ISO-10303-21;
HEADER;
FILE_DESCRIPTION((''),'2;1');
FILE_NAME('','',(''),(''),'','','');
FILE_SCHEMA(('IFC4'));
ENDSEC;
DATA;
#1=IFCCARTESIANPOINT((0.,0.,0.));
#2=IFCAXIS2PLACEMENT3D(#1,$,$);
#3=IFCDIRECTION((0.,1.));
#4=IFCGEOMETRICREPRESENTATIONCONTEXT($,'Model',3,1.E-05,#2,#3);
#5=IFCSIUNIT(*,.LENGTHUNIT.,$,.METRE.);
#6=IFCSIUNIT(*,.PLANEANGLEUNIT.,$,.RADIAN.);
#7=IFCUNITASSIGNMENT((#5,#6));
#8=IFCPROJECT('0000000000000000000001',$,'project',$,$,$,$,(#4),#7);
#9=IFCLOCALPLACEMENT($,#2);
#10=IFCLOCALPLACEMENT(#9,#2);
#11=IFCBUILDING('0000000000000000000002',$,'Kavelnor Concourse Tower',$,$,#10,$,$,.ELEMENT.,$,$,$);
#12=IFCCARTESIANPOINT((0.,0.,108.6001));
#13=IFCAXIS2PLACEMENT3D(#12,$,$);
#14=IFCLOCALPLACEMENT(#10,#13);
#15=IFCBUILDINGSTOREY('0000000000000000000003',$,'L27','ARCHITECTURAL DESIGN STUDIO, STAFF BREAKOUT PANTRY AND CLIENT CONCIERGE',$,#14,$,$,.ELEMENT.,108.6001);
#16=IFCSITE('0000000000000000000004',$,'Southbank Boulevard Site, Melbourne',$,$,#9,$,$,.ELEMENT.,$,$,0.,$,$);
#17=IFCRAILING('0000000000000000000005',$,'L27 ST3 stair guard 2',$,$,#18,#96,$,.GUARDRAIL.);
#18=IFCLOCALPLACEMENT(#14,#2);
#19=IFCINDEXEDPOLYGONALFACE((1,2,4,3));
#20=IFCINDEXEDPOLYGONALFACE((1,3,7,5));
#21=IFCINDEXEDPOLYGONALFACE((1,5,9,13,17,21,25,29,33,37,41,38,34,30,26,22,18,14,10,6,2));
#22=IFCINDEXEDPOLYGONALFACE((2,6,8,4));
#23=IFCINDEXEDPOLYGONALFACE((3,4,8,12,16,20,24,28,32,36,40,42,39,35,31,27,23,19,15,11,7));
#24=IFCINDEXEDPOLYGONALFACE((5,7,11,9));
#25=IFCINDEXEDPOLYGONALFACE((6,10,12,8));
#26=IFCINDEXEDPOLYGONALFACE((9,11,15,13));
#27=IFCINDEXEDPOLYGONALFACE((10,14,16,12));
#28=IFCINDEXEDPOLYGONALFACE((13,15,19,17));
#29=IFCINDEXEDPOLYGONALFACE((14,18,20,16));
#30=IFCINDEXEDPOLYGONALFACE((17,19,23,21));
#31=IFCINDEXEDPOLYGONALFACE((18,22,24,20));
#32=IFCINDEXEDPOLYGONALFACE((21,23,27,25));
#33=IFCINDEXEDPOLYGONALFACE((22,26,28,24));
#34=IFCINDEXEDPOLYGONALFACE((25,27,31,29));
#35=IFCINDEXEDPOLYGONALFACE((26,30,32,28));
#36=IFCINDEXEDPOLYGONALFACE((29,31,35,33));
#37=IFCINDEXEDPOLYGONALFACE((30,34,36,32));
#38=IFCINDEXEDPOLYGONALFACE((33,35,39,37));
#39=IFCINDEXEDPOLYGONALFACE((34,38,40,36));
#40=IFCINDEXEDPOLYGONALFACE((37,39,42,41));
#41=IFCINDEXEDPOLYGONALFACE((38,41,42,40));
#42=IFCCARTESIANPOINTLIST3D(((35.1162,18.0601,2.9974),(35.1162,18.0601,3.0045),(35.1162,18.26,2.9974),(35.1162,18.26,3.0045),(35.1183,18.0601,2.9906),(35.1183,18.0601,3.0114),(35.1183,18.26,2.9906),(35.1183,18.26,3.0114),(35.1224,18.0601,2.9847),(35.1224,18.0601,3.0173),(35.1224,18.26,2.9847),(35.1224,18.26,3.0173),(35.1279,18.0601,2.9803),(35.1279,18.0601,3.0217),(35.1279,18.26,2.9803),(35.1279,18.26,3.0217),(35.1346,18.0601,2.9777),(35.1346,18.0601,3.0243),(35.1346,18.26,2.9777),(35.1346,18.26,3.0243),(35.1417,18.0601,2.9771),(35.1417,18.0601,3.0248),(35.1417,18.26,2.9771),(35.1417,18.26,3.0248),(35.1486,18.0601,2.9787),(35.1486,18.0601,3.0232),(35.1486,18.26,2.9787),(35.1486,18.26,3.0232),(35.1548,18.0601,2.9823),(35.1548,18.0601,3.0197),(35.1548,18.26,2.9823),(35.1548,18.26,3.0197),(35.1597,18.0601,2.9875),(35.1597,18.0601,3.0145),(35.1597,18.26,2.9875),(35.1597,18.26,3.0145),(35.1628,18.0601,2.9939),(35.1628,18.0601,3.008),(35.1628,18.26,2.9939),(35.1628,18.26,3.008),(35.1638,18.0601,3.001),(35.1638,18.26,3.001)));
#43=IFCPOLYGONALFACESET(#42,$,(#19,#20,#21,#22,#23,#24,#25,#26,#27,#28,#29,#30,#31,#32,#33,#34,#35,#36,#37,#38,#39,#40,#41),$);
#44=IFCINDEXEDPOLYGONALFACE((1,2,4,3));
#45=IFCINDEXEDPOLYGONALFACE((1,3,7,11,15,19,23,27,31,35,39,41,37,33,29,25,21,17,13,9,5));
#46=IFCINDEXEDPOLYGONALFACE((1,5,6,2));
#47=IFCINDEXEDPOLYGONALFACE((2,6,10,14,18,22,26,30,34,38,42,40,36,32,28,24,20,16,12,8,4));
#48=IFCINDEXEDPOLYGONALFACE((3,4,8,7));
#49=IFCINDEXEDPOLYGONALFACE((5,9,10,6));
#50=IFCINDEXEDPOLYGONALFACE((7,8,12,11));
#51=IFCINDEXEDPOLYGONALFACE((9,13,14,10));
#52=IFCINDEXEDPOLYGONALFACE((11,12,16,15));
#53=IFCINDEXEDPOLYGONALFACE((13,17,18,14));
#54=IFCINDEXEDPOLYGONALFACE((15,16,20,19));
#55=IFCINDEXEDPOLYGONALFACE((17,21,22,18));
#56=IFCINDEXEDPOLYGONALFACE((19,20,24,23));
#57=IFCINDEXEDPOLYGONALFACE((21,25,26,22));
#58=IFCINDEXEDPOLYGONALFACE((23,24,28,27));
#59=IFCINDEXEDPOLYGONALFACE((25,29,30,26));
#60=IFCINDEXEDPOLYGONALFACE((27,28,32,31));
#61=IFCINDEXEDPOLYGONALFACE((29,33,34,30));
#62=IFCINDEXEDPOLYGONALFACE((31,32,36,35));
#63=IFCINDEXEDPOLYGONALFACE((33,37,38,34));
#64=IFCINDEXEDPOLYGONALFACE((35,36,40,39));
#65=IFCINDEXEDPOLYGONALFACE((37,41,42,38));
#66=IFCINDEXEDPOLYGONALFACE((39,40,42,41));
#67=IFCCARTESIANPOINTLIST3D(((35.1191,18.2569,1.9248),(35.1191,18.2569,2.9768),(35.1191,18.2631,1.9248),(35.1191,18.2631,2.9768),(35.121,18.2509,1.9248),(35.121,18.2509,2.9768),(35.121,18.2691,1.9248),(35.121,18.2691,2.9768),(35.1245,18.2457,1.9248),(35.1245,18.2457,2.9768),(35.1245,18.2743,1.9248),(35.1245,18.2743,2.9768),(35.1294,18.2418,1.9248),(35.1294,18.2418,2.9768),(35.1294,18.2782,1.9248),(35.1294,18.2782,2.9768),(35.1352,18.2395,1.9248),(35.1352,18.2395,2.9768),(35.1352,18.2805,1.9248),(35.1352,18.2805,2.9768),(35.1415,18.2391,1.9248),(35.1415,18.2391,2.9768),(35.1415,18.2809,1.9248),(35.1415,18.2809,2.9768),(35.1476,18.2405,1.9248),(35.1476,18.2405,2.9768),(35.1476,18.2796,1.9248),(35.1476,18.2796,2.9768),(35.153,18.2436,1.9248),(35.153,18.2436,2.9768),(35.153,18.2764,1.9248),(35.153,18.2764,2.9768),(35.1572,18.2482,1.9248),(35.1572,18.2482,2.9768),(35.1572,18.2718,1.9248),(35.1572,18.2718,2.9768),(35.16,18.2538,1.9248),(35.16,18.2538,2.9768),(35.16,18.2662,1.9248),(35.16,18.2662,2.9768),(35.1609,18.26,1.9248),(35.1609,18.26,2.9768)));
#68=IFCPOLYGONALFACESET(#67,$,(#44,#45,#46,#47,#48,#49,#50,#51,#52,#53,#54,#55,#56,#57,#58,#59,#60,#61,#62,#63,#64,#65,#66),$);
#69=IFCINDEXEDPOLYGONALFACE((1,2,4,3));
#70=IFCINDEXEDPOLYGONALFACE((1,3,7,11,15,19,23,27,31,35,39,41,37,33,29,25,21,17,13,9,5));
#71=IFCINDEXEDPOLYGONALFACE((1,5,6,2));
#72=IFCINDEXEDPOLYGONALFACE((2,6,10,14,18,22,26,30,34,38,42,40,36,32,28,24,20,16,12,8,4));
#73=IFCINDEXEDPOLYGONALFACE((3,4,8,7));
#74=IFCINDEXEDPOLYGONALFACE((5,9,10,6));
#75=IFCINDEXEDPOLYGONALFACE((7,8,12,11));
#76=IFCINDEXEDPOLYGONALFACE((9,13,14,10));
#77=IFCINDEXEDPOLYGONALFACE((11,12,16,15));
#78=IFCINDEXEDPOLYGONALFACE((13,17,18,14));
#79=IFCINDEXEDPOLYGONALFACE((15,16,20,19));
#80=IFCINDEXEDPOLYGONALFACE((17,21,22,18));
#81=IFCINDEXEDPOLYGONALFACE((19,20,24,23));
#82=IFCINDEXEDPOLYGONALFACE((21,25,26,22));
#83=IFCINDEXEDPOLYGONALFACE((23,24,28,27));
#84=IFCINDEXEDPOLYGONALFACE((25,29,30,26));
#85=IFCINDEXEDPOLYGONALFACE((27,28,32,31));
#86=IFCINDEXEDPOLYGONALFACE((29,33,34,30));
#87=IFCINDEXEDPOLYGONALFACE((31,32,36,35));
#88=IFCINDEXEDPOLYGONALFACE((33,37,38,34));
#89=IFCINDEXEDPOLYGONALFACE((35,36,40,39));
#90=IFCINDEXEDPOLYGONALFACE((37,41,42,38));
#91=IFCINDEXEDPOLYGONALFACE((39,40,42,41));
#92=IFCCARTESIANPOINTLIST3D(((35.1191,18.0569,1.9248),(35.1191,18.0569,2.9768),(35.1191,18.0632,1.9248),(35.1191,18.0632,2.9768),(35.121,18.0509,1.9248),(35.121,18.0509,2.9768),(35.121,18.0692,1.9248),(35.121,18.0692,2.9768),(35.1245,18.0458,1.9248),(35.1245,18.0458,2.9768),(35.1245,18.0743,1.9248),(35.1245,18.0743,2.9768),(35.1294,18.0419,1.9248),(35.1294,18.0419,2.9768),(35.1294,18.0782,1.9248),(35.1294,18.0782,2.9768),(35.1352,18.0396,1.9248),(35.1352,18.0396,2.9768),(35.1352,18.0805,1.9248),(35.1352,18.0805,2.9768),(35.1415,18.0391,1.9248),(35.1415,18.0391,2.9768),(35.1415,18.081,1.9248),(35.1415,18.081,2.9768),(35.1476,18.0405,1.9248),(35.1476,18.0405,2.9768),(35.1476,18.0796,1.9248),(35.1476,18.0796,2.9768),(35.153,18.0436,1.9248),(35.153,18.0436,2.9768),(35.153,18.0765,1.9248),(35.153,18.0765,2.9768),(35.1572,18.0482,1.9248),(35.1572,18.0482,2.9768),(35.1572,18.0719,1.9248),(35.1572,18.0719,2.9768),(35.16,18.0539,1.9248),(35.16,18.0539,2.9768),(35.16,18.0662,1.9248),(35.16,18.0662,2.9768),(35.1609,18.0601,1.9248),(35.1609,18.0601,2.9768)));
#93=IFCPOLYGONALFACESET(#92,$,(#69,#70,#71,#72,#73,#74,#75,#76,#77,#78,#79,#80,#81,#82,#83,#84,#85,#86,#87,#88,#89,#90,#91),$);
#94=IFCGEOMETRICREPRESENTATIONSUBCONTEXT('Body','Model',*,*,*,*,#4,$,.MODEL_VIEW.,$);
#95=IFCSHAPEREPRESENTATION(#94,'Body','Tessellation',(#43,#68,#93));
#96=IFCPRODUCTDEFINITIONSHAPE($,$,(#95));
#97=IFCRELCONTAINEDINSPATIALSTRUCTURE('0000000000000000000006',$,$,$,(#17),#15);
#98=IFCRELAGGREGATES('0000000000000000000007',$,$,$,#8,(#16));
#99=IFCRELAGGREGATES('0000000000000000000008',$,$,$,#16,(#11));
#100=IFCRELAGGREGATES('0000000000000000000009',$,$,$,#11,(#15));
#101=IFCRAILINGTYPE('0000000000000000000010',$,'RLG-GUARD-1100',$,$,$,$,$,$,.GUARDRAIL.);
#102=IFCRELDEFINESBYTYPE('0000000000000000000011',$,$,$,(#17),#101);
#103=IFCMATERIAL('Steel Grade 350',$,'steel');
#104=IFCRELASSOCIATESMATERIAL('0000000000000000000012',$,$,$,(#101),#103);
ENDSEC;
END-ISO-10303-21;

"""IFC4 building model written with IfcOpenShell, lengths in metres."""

from ifc_helpers import new_model, si_unit, direction, frame, origin, origin_2d, place, context, subcontext, project, spatial, circle, extrude, material, type_object, element, save


model = new_model("IFC4")

# Units and contexts
model_context = context("Model", 3, precision=1e-05, world=origin(), true_north=direction((0.0, 1.0)))
body_context = subcontext(model_context, "Body", "Model", "MODEL_VIEW")
ifc_project = project(units=[si_unit("LENGTHUNIT", "METRE"), si_unit("PLANEANGLEUNIT", "RADIAN")], contexts=[model_context])

# Site, building, storey
site_placement = place(None, origin())
site = spatial("IfcSite", under=ifc_project, at=site_placement, Name="Southbank Boulevard Site, Melbourne", CompositionType="ELEMENT", RefElevation=0.0)
building_placement = place(site_placement, origin())
building = spatial("IfcBuilding", under=site, at=building_placement, Name="Kavelnor Concourse Tower", CompositionType="ELEMENT")
storey_placement = place(building_placement, frame((0.0, 0.0, 108.6001)))
storey = spatial("IfcBuildingStorey", under=building, at=storey_placement, Name="L27", Description="ARCHITECTURAL DESIGN STUDIO, STAFF BREAKOUT PANTRY AND CLIENT CONCIERGE", CompositionType="ELEMENT", Elevation=108.6001)

# Shared definitions
ifc_material_1 = material(Name="Steel Grade 350", Category="steel")

# Railing
railing_type_1 = type_object("IfcRailingType", Name="RLG-GUARD-1100", PredefinedType="GUARDRAIL", material=ifc_material_1)
railing_1_placement = place(storey_placement, frame((35.1399, 18.26, 1.9248)))
element("IfcRailing", 1, at=railing_1_placement, inside=storey, type_object=railing_type_1, Name="L27 ST3 stair guard 2", PredefinedType="GUARDRAIL", context=body_context, shape_type="SweptSolid", body=[
    extrude(circle(Radius=0.0239, at=origin_2d()), frame((0.0, 0.0, 1.0762), z_axis=(0.0, -1.0, 0.0), x_axis=(1.0, 0.0, 0.0)), (0.0, 0.0, 1.0), 0.2),
    extrude(circle(Radius=0.021, at=origin_2d()), origin(), (0.0, 0.0, 1.0), 1.052),
    extrude(circle(Radius=0.021, at=origin_2d()), frame((0.0, -0.2, 0.0)), (0.0, 0.0, 1.0), 1.052),
])

save(model, "model.ifc")
